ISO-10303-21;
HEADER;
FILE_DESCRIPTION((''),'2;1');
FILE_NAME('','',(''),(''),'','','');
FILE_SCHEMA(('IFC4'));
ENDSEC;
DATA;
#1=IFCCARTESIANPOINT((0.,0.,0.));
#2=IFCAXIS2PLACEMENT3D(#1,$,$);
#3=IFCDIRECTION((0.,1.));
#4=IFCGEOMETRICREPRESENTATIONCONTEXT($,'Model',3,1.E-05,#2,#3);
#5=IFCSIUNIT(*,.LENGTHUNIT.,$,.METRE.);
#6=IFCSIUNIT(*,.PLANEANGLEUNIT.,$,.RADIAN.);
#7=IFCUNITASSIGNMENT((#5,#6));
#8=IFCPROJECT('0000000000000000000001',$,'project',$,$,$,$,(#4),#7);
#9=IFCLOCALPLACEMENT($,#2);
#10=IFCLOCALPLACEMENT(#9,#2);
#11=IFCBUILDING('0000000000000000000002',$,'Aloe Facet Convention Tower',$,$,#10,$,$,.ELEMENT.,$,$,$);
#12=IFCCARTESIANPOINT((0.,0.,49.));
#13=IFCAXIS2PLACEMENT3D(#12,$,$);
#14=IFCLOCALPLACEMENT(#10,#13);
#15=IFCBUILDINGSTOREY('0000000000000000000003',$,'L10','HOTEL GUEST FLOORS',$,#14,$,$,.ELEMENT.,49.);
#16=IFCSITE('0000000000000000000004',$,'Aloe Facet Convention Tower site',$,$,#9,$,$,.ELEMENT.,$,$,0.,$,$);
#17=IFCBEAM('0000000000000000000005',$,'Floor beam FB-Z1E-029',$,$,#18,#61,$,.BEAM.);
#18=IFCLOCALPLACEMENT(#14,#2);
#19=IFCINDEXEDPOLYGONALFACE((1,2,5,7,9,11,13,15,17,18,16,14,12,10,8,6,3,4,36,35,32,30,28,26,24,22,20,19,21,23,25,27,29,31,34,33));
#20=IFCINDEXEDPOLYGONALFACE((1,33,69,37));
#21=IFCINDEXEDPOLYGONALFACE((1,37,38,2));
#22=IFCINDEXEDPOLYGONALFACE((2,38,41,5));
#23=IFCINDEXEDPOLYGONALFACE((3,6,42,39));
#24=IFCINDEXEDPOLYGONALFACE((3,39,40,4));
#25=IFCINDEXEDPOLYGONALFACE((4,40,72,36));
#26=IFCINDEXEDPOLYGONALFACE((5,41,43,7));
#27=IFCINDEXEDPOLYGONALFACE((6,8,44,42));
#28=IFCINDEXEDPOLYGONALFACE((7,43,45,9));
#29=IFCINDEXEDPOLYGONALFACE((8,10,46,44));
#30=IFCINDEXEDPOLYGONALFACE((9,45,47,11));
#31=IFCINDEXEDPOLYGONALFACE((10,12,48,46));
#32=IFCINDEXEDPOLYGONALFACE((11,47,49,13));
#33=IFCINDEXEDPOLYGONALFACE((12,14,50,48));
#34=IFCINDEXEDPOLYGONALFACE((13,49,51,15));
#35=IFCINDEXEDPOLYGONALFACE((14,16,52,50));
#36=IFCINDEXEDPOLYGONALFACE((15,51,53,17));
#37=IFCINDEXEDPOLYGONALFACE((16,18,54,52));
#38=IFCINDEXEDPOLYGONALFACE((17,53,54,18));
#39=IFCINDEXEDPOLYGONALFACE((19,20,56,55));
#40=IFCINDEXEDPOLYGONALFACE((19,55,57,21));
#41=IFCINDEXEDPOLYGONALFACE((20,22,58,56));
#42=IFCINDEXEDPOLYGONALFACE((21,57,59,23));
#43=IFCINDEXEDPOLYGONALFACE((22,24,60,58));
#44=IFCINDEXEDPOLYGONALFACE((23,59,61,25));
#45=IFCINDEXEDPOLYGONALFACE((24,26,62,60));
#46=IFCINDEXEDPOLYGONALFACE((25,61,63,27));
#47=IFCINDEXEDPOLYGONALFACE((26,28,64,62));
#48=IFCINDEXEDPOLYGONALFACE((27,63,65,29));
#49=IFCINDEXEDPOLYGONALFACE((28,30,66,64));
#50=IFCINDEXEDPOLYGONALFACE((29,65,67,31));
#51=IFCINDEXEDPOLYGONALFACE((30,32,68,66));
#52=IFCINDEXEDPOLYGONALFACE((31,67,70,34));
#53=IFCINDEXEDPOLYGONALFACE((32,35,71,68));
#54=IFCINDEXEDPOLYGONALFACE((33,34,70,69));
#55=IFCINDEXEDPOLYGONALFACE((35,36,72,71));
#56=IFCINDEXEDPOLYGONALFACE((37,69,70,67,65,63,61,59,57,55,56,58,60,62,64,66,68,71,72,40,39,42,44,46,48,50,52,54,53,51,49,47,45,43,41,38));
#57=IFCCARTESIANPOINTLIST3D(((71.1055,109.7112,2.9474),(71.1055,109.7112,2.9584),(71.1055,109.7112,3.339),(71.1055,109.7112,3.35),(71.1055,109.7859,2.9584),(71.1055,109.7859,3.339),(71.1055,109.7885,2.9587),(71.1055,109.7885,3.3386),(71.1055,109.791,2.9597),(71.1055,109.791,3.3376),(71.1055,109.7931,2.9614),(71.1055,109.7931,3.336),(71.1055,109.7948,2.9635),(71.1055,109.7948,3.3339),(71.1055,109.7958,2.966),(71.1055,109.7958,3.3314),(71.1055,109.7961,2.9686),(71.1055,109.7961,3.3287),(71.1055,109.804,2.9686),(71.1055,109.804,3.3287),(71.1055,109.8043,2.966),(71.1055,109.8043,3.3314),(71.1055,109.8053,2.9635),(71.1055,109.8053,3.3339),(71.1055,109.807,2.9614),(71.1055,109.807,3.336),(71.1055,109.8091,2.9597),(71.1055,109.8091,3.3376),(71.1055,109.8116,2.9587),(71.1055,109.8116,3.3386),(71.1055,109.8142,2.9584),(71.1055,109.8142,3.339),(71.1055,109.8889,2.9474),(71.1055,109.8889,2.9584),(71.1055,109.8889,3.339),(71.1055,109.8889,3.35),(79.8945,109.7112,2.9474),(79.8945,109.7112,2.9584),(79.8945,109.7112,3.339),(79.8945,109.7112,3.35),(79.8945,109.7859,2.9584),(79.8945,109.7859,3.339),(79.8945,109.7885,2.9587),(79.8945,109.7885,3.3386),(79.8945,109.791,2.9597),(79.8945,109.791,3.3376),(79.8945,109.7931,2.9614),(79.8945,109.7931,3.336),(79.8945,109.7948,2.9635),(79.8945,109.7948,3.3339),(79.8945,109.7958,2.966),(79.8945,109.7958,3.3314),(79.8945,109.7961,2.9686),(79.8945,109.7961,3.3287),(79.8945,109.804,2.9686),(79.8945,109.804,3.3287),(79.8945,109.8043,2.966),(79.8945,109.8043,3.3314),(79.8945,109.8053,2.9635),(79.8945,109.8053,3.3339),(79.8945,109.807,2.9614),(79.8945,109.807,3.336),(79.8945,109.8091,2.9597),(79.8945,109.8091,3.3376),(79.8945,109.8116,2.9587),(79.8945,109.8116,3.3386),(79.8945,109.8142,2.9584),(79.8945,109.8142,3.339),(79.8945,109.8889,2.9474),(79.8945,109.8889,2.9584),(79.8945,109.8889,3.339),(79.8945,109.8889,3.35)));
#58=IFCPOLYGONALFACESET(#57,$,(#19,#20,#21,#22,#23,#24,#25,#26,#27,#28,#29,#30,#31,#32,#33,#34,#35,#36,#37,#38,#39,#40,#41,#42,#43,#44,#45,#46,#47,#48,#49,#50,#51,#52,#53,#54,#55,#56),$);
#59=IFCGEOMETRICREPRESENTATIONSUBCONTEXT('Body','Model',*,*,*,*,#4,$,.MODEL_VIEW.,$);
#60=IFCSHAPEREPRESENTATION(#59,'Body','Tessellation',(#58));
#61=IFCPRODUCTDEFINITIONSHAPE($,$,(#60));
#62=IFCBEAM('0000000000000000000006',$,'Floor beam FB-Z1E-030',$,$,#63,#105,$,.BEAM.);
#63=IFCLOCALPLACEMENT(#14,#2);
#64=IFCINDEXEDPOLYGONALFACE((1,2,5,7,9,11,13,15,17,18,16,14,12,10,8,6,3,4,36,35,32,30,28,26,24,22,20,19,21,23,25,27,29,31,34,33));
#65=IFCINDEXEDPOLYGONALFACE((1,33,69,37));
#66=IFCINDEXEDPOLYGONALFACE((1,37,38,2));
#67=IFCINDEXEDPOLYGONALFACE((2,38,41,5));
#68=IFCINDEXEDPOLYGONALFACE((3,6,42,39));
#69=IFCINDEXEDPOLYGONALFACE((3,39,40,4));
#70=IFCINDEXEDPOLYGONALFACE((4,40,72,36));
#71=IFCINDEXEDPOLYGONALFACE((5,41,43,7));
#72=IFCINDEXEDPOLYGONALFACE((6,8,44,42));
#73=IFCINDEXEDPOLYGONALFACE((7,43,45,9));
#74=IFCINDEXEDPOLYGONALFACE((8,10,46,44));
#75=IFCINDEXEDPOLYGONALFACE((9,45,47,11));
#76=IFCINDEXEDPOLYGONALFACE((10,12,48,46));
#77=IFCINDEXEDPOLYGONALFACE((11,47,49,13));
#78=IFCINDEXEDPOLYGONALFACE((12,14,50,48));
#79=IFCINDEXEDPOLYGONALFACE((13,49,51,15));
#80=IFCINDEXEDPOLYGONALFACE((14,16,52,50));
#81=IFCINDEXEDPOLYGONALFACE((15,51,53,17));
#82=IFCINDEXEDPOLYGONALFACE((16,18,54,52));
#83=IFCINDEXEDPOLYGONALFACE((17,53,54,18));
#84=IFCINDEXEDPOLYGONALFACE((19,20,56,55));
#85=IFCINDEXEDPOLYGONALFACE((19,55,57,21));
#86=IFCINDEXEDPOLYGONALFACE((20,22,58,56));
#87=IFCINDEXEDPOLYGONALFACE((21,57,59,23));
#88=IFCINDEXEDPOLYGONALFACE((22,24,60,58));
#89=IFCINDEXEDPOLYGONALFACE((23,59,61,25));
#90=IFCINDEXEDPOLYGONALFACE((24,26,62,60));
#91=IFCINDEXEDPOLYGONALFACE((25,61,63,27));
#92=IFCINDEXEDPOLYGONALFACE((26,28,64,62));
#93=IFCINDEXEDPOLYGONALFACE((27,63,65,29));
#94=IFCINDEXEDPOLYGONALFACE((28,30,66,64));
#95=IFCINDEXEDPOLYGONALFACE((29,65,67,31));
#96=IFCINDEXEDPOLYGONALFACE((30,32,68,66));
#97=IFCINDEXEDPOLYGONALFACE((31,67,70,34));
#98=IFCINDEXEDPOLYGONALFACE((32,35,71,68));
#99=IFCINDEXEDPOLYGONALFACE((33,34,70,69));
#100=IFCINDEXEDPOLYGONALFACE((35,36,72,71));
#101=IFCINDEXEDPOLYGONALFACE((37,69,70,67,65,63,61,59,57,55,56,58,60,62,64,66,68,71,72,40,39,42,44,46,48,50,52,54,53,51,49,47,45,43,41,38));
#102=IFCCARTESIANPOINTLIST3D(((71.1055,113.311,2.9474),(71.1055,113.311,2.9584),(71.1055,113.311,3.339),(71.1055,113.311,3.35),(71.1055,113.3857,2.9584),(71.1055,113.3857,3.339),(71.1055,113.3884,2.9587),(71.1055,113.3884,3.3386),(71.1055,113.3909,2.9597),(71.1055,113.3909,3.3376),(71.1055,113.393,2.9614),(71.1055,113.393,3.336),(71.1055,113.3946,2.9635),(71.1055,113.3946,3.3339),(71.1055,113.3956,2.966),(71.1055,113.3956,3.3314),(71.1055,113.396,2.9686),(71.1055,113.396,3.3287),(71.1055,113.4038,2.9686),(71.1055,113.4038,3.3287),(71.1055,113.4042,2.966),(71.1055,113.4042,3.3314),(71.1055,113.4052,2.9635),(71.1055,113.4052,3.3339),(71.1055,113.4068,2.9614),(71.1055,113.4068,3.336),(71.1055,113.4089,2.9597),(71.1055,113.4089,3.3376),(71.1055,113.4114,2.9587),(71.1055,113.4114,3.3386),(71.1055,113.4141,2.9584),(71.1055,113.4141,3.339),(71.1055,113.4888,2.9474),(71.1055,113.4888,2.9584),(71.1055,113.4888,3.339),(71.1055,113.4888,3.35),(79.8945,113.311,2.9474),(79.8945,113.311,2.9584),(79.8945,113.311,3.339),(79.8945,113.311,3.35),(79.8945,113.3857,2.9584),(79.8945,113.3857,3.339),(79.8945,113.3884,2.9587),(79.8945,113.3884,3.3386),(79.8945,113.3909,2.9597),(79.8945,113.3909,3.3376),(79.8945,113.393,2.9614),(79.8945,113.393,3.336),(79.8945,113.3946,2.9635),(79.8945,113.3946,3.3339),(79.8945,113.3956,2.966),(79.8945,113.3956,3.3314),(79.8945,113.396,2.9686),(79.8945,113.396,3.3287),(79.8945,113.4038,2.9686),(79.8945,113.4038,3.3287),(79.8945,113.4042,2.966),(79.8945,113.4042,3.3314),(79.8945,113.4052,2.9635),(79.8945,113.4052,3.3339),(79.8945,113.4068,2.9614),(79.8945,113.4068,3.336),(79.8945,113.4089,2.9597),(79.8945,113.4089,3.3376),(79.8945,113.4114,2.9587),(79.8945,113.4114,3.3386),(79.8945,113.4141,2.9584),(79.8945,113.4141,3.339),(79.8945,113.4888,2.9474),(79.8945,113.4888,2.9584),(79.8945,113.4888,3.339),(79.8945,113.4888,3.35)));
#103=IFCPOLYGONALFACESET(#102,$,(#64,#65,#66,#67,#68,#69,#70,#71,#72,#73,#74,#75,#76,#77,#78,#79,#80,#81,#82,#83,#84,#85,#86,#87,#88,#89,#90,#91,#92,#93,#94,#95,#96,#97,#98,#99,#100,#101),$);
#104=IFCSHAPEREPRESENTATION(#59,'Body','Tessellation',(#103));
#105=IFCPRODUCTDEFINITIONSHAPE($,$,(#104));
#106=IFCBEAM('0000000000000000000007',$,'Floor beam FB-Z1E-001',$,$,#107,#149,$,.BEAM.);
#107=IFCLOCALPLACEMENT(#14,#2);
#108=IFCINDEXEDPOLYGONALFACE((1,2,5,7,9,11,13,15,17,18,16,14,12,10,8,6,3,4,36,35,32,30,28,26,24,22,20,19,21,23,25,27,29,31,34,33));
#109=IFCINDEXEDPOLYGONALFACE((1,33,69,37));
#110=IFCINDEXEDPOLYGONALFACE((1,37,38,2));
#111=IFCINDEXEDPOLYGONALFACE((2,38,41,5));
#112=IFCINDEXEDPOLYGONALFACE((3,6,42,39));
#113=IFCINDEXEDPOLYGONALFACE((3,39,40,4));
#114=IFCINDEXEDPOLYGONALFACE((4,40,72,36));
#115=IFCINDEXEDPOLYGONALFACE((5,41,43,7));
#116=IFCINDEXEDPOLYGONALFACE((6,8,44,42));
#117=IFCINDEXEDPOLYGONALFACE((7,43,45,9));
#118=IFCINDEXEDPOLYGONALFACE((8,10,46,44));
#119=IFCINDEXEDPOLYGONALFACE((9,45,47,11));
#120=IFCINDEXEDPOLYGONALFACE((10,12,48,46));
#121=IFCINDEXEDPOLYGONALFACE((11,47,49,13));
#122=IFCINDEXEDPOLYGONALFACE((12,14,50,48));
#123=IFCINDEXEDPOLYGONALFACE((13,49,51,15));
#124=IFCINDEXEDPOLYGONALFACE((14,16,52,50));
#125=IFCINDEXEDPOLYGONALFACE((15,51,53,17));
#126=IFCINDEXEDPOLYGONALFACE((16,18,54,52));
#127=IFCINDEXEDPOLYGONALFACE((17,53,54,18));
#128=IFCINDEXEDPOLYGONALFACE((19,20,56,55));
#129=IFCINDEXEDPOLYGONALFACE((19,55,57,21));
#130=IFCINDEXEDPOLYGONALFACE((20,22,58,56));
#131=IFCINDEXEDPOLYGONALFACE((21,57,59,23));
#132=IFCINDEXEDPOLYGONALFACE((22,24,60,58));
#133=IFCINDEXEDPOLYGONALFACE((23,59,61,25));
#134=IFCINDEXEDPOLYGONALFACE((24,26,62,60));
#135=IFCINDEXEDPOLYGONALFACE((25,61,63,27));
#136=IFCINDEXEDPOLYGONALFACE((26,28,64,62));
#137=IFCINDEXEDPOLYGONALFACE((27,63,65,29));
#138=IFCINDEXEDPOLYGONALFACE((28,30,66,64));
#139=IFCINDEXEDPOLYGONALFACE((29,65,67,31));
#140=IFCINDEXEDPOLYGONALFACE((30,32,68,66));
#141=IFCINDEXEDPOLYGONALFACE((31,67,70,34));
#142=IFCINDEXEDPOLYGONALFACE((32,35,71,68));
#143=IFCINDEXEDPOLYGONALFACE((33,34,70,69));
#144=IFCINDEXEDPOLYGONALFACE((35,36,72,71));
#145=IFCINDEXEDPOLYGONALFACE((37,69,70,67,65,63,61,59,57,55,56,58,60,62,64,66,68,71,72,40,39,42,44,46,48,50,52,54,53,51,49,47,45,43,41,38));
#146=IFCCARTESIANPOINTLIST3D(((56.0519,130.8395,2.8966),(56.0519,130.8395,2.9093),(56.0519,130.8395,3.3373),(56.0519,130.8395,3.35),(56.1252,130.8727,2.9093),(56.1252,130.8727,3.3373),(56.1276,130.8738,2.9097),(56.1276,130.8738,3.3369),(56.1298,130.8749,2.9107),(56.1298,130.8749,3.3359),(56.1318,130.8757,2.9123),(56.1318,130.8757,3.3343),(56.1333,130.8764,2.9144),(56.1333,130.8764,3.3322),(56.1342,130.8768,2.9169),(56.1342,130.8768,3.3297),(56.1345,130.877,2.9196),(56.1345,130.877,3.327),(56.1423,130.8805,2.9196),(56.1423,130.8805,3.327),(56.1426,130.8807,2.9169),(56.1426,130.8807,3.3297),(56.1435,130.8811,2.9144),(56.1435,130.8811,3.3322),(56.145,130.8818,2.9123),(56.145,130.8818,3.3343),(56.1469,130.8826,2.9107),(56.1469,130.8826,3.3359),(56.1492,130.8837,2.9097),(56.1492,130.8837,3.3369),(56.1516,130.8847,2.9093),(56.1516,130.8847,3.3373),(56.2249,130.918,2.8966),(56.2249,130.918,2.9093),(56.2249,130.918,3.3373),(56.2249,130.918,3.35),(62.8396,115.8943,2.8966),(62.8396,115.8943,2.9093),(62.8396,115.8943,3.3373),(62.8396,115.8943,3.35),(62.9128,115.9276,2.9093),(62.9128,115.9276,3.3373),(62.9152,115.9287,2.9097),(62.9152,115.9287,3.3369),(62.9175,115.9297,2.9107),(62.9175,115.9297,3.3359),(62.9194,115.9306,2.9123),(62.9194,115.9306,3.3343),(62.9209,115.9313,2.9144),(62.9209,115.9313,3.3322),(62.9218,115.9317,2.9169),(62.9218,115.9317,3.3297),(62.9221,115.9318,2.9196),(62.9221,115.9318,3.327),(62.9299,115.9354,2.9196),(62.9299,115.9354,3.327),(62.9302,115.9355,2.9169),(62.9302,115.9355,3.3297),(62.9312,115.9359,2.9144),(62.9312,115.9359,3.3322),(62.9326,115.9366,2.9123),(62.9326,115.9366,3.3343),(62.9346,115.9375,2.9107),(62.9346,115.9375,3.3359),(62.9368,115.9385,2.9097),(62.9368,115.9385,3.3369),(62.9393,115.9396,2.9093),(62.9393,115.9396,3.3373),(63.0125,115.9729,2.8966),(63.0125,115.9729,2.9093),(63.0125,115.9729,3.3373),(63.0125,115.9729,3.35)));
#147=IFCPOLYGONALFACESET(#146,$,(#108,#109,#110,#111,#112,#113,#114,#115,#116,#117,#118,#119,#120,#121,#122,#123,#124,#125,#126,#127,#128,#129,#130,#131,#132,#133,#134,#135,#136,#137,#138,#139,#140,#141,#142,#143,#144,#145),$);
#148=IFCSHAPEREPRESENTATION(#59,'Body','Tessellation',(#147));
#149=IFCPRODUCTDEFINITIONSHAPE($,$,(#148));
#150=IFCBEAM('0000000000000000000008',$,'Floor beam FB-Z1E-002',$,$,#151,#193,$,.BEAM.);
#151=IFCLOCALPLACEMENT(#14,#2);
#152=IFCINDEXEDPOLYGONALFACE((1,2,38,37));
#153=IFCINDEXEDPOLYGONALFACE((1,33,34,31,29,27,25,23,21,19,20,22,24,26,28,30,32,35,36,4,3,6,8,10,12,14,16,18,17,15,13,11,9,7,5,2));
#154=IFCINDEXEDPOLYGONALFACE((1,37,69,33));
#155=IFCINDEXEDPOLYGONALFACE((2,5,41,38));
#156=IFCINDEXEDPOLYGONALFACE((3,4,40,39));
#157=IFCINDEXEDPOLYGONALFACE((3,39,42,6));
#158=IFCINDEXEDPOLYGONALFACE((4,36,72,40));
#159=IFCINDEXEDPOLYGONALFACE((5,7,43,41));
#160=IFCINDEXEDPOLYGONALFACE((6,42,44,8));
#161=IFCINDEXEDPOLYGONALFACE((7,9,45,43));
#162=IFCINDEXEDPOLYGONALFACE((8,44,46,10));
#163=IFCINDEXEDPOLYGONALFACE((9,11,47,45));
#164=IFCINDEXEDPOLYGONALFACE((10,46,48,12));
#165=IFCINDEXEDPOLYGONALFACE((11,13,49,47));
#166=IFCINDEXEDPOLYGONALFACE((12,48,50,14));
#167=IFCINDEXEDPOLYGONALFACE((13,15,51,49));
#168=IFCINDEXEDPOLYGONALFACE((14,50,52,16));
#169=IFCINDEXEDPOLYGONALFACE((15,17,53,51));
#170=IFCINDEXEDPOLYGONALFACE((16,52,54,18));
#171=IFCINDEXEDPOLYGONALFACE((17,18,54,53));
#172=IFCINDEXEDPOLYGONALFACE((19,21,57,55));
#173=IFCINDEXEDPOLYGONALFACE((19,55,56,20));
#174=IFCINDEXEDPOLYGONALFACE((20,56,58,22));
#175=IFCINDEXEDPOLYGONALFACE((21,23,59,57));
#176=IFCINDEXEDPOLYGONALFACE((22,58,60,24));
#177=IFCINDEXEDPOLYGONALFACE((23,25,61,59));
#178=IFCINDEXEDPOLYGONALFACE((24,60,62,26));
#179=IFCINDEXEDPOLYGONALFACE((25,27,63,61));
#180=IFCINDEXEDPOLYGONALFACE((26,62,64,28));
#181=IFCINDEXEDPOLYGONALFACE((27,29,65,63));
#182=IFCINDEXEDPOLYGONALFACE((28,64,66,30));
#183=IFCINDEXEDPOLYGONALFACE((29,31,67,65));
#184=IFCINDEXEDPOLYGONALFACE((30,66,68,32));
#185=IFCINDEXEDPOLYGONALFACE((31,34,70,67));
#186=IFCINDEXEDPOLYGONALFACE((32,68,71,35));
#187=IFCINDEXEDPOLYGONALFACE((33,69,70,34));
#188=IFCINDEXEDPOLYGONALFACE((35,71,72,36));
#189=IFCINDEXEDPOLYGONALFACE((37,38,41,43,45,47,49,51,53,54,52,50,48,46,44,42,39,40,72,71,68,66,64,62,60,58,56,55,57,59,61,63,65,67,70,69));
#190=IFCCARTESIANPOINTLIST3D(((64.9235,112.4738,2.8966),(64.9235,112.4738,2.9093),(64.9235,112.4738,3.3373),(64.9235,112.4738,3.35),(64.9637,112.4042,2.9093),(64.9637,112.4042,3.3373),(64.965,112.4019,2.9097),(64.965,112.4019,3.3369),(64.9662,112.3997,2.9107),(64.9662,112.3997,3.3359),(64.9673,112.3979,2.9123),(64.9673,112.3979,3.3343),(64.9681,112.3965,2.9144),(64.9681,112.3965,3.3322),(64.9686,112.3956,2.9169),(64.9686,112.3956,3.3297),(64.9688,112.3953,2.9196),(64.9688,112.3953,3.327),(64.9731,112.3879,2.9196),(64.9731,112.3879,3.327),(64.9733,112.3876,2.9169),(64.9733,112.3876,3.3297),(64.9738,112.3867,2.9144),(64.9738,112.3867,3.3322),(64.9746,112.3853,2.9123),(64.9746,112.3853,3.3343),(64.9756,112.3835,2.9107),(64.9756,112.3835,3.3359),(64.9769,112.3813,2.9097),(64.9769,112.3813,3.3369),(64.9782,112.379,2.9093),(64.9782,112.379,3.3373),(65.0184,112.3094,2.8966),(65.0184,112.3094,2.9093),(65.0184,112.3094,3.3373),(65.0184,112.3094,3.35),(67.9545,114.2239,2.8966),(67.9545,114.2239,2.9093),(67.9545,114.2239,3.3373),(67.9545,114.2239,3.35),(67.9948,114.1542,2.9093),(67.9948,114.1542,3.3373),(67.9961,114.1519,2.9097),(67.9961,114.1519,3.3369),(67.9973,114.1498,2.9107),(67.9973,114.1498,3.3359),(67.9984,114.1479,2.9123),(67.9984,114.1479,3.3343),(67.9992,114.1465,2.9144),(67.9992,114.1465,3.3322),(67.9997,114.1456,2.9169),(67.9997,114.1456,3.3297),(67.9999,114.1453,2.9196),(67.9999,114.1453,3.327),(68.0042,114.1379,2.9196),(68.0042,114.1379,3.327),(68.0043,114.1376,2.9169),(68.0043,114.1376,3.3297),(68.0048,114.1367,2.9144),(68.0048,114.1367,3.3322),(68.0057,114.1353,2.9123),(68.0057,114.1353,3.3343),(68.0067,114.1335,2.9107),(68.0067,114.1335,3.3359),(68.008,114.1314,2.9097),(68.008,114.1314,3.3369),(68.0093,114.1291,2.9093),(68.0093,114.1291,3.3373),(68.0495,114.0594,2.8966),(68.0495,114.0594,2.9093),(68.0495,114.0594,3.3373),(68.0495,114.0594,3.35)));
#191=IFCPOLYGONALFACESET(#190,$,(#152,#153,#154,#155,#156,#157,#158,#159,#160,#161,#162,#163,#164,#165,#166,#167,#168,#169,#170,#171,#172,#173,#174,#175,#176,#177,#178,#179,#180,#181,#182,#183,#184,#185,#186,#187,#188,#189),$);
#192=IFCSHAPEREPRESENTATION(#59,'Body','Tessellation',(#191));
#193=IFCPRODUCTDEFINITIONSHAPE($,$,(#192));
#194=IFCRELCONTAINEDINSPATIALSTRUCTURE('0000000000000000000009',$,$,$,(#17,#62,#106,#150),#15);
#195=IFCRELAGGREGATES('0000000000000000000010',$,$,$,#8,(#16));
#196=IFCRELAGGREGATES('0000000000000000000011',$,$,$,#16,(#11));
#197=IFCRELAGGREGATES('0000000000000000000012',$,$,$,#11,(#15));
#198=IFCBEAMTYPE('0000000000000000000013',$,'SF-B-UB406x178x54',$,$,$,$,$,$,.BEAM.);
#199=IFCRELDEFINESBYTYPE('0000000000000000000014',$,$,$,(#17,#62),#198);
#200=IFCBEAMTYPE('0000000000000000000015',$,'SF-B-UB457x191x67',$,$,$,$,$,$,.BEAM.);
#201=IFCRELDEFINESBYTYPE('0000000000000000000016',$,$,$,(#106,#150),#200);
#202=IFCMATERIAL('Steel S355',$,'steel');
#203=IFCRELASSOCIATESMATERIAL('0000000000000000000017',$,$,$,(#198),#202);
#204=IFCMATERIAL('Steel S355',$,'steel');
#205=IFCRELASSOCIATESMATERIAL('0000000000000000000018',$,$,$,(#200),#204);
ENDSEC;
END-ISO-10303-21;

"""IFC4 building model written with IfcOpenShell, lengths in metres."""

from ifc_helpers import new_model, si_unit, direction, frame, origin, origin_2d, place, context, subcontext, project, spatial, i_section, extrude, material, material_profile, profile_set, type_object, element, save


model = new_model("IFC4")

# Units and contexts
model_context = context("Model", 3, precision=1e-05, world=origin(), true_north=direction((0.0, 1.0)))
body_context = subcontext(model_context, "Body", "Model", "MODEL_VIEW")
ifc_project = project(units=[si_unit("LENGTHUNIT", "METRE"), si_unit("PLANEANGLEUNIT", "RADIAN")], contexts=[model_context])

# Site, building, storey
site_placement = place(None, origin())
site = spatial("IfcSite", under=ifc_project, at=site_placement, Name="Aloe Facet Convention Tower site", CompositionType="ELEMENT", RefElevation=0.0)
building_placement = place(site_placement, origin())
building = spatial("IfcBuilding", under=site, at=building_placement, Name="Aloe Facet Convention Tower", CompositionType="ELEMENT")
storey_placement = place(building_placement, frame((0.0, 0.0, 49.0)))
storey = spatial("IfcBuildingStorey", under=building, at=storey_placement, Name="L10", Description="HOTEL GUEST FLOORS", CompositionType="ELEMENT", Elevation=49.0)

# Beams
ifc_material_1 = material(Name="Steel S355", Category="steel")
ifc_material_profile_1 = material_profile(ifc_material_1, i_section(OverallWidth=0.1777, OverallDepth=0.4026, WebThickness=0.0078, FlangeThickness=0.011, FilletRadius=0.0103, at=origin_2d()), Name="UB 406x178x54")
ifc_profile_set_1 = profile_set([ifc_material_profile_1], Name="Steel S355")
beam_type_1 = type_object("IfcBeamType", Name="SF-B-UB406x178x54", PredefinedType="BEAM", material=ifc_profile_set_1)
for number, where, z_axis, x_axis, name in (
    (1, (71.1055, 109.8, 3.1487), (1.0, 0.0, 0.0), (0.0, 1.0, 0.0), "Floor beam FB-Z1E-029"),
    (2, (71.1055, 113.3999, 3.1487), (1.0, 0.0, 0.0), (0.0, 1.0, 0.0), "Floor beam FB-Z1E-030"),
):
    element("IfcBeam", number, at=place(storey_placement, frame(where, z_axis=z_axis, x_axis=x_axis)), inside=storey, type_object=beam_type_1, Name=name, PredefinedType="BEAM", context=body_context, shape_type="SweptSolid", body=[
        extrude(i_section(OverallWidth=0.1777, OverallDepth=0.4026, WebThickness=0.0078, FlangeThickness=0.011, FilletRadius=0.0103, at=origin_2d()), origin(), (0.0, 0.0, 1.0), 8.7891),
    ])
ifc_material_2 = material(Name="Steel S355", Category="steel")
ifc_material_profile_2 = material_profile(ifc_material_2, i_section(OverallWidth=0.1899, OverallDepth=0.4534, WebThickness=0.0085, FlangeThickness=0.0127, FilletRadius=0.0103, at=origin_2d()), Name="UB 457x191x67")
ifc_profile_set_2 = profile_set([ifc_material_profile_2], Name="Steel S355")
beam_type_2 = type_object("IfcBeamType", Name="SF-B-UB457x191x67", PredefinedType="BEAM", material=ifc_profile_set_2)
beam_1_placement = place(storey_placement, frame((62.926, 115.9336, 3.1233), z_axis=(-0.413519, 0.910495, 0.0), x_axis=(-0.910495, -0.413519, 0.0)))
element("IfcBeam", 3, at=beam_1_placement, inside=storey, type_object=beam_type_2, Name="Floor beam FB-Z1E-001", PredefinedType="BEAM", context=body_context, shape_type="SweptSolid", body=[
    extrude(i_section(OverallWidth=0.1899, OverallDepth=0.4534, WebThickness=0.0085, FlangeThickness=0.0127, FilletRadius=0.0103, at=origin_2d()), origin(), (0.0, 0.0, 1.0), 16.4143),
])
beam_2_placement = place(storey_placement, frame((64.9709, 112.3916, 3.1233), z_axis=(0.866019, 0.50001, 0.0), x_axis=(-0.50001, 0.866019, 0.0)))
element("IfcBeam", 4, at=beam_2_placement, inside=storey, type_object=beam_type_2, Name="Floor beam FB-Z1E-002", PredefinedType="BEAM", context=body_context, shape_type="SweptSolid", body=[
    extrude(i_section(OverallWidth=0.1899, OverallDepth=0.4534, WebThickness=0.0085, FlangeThickness=0.0127, FilletRadius=0.0103, at=origin_2d()), origin(), (0.0, 0.0, 1.0), 3.5),
])

save(model, "model.ifc")
